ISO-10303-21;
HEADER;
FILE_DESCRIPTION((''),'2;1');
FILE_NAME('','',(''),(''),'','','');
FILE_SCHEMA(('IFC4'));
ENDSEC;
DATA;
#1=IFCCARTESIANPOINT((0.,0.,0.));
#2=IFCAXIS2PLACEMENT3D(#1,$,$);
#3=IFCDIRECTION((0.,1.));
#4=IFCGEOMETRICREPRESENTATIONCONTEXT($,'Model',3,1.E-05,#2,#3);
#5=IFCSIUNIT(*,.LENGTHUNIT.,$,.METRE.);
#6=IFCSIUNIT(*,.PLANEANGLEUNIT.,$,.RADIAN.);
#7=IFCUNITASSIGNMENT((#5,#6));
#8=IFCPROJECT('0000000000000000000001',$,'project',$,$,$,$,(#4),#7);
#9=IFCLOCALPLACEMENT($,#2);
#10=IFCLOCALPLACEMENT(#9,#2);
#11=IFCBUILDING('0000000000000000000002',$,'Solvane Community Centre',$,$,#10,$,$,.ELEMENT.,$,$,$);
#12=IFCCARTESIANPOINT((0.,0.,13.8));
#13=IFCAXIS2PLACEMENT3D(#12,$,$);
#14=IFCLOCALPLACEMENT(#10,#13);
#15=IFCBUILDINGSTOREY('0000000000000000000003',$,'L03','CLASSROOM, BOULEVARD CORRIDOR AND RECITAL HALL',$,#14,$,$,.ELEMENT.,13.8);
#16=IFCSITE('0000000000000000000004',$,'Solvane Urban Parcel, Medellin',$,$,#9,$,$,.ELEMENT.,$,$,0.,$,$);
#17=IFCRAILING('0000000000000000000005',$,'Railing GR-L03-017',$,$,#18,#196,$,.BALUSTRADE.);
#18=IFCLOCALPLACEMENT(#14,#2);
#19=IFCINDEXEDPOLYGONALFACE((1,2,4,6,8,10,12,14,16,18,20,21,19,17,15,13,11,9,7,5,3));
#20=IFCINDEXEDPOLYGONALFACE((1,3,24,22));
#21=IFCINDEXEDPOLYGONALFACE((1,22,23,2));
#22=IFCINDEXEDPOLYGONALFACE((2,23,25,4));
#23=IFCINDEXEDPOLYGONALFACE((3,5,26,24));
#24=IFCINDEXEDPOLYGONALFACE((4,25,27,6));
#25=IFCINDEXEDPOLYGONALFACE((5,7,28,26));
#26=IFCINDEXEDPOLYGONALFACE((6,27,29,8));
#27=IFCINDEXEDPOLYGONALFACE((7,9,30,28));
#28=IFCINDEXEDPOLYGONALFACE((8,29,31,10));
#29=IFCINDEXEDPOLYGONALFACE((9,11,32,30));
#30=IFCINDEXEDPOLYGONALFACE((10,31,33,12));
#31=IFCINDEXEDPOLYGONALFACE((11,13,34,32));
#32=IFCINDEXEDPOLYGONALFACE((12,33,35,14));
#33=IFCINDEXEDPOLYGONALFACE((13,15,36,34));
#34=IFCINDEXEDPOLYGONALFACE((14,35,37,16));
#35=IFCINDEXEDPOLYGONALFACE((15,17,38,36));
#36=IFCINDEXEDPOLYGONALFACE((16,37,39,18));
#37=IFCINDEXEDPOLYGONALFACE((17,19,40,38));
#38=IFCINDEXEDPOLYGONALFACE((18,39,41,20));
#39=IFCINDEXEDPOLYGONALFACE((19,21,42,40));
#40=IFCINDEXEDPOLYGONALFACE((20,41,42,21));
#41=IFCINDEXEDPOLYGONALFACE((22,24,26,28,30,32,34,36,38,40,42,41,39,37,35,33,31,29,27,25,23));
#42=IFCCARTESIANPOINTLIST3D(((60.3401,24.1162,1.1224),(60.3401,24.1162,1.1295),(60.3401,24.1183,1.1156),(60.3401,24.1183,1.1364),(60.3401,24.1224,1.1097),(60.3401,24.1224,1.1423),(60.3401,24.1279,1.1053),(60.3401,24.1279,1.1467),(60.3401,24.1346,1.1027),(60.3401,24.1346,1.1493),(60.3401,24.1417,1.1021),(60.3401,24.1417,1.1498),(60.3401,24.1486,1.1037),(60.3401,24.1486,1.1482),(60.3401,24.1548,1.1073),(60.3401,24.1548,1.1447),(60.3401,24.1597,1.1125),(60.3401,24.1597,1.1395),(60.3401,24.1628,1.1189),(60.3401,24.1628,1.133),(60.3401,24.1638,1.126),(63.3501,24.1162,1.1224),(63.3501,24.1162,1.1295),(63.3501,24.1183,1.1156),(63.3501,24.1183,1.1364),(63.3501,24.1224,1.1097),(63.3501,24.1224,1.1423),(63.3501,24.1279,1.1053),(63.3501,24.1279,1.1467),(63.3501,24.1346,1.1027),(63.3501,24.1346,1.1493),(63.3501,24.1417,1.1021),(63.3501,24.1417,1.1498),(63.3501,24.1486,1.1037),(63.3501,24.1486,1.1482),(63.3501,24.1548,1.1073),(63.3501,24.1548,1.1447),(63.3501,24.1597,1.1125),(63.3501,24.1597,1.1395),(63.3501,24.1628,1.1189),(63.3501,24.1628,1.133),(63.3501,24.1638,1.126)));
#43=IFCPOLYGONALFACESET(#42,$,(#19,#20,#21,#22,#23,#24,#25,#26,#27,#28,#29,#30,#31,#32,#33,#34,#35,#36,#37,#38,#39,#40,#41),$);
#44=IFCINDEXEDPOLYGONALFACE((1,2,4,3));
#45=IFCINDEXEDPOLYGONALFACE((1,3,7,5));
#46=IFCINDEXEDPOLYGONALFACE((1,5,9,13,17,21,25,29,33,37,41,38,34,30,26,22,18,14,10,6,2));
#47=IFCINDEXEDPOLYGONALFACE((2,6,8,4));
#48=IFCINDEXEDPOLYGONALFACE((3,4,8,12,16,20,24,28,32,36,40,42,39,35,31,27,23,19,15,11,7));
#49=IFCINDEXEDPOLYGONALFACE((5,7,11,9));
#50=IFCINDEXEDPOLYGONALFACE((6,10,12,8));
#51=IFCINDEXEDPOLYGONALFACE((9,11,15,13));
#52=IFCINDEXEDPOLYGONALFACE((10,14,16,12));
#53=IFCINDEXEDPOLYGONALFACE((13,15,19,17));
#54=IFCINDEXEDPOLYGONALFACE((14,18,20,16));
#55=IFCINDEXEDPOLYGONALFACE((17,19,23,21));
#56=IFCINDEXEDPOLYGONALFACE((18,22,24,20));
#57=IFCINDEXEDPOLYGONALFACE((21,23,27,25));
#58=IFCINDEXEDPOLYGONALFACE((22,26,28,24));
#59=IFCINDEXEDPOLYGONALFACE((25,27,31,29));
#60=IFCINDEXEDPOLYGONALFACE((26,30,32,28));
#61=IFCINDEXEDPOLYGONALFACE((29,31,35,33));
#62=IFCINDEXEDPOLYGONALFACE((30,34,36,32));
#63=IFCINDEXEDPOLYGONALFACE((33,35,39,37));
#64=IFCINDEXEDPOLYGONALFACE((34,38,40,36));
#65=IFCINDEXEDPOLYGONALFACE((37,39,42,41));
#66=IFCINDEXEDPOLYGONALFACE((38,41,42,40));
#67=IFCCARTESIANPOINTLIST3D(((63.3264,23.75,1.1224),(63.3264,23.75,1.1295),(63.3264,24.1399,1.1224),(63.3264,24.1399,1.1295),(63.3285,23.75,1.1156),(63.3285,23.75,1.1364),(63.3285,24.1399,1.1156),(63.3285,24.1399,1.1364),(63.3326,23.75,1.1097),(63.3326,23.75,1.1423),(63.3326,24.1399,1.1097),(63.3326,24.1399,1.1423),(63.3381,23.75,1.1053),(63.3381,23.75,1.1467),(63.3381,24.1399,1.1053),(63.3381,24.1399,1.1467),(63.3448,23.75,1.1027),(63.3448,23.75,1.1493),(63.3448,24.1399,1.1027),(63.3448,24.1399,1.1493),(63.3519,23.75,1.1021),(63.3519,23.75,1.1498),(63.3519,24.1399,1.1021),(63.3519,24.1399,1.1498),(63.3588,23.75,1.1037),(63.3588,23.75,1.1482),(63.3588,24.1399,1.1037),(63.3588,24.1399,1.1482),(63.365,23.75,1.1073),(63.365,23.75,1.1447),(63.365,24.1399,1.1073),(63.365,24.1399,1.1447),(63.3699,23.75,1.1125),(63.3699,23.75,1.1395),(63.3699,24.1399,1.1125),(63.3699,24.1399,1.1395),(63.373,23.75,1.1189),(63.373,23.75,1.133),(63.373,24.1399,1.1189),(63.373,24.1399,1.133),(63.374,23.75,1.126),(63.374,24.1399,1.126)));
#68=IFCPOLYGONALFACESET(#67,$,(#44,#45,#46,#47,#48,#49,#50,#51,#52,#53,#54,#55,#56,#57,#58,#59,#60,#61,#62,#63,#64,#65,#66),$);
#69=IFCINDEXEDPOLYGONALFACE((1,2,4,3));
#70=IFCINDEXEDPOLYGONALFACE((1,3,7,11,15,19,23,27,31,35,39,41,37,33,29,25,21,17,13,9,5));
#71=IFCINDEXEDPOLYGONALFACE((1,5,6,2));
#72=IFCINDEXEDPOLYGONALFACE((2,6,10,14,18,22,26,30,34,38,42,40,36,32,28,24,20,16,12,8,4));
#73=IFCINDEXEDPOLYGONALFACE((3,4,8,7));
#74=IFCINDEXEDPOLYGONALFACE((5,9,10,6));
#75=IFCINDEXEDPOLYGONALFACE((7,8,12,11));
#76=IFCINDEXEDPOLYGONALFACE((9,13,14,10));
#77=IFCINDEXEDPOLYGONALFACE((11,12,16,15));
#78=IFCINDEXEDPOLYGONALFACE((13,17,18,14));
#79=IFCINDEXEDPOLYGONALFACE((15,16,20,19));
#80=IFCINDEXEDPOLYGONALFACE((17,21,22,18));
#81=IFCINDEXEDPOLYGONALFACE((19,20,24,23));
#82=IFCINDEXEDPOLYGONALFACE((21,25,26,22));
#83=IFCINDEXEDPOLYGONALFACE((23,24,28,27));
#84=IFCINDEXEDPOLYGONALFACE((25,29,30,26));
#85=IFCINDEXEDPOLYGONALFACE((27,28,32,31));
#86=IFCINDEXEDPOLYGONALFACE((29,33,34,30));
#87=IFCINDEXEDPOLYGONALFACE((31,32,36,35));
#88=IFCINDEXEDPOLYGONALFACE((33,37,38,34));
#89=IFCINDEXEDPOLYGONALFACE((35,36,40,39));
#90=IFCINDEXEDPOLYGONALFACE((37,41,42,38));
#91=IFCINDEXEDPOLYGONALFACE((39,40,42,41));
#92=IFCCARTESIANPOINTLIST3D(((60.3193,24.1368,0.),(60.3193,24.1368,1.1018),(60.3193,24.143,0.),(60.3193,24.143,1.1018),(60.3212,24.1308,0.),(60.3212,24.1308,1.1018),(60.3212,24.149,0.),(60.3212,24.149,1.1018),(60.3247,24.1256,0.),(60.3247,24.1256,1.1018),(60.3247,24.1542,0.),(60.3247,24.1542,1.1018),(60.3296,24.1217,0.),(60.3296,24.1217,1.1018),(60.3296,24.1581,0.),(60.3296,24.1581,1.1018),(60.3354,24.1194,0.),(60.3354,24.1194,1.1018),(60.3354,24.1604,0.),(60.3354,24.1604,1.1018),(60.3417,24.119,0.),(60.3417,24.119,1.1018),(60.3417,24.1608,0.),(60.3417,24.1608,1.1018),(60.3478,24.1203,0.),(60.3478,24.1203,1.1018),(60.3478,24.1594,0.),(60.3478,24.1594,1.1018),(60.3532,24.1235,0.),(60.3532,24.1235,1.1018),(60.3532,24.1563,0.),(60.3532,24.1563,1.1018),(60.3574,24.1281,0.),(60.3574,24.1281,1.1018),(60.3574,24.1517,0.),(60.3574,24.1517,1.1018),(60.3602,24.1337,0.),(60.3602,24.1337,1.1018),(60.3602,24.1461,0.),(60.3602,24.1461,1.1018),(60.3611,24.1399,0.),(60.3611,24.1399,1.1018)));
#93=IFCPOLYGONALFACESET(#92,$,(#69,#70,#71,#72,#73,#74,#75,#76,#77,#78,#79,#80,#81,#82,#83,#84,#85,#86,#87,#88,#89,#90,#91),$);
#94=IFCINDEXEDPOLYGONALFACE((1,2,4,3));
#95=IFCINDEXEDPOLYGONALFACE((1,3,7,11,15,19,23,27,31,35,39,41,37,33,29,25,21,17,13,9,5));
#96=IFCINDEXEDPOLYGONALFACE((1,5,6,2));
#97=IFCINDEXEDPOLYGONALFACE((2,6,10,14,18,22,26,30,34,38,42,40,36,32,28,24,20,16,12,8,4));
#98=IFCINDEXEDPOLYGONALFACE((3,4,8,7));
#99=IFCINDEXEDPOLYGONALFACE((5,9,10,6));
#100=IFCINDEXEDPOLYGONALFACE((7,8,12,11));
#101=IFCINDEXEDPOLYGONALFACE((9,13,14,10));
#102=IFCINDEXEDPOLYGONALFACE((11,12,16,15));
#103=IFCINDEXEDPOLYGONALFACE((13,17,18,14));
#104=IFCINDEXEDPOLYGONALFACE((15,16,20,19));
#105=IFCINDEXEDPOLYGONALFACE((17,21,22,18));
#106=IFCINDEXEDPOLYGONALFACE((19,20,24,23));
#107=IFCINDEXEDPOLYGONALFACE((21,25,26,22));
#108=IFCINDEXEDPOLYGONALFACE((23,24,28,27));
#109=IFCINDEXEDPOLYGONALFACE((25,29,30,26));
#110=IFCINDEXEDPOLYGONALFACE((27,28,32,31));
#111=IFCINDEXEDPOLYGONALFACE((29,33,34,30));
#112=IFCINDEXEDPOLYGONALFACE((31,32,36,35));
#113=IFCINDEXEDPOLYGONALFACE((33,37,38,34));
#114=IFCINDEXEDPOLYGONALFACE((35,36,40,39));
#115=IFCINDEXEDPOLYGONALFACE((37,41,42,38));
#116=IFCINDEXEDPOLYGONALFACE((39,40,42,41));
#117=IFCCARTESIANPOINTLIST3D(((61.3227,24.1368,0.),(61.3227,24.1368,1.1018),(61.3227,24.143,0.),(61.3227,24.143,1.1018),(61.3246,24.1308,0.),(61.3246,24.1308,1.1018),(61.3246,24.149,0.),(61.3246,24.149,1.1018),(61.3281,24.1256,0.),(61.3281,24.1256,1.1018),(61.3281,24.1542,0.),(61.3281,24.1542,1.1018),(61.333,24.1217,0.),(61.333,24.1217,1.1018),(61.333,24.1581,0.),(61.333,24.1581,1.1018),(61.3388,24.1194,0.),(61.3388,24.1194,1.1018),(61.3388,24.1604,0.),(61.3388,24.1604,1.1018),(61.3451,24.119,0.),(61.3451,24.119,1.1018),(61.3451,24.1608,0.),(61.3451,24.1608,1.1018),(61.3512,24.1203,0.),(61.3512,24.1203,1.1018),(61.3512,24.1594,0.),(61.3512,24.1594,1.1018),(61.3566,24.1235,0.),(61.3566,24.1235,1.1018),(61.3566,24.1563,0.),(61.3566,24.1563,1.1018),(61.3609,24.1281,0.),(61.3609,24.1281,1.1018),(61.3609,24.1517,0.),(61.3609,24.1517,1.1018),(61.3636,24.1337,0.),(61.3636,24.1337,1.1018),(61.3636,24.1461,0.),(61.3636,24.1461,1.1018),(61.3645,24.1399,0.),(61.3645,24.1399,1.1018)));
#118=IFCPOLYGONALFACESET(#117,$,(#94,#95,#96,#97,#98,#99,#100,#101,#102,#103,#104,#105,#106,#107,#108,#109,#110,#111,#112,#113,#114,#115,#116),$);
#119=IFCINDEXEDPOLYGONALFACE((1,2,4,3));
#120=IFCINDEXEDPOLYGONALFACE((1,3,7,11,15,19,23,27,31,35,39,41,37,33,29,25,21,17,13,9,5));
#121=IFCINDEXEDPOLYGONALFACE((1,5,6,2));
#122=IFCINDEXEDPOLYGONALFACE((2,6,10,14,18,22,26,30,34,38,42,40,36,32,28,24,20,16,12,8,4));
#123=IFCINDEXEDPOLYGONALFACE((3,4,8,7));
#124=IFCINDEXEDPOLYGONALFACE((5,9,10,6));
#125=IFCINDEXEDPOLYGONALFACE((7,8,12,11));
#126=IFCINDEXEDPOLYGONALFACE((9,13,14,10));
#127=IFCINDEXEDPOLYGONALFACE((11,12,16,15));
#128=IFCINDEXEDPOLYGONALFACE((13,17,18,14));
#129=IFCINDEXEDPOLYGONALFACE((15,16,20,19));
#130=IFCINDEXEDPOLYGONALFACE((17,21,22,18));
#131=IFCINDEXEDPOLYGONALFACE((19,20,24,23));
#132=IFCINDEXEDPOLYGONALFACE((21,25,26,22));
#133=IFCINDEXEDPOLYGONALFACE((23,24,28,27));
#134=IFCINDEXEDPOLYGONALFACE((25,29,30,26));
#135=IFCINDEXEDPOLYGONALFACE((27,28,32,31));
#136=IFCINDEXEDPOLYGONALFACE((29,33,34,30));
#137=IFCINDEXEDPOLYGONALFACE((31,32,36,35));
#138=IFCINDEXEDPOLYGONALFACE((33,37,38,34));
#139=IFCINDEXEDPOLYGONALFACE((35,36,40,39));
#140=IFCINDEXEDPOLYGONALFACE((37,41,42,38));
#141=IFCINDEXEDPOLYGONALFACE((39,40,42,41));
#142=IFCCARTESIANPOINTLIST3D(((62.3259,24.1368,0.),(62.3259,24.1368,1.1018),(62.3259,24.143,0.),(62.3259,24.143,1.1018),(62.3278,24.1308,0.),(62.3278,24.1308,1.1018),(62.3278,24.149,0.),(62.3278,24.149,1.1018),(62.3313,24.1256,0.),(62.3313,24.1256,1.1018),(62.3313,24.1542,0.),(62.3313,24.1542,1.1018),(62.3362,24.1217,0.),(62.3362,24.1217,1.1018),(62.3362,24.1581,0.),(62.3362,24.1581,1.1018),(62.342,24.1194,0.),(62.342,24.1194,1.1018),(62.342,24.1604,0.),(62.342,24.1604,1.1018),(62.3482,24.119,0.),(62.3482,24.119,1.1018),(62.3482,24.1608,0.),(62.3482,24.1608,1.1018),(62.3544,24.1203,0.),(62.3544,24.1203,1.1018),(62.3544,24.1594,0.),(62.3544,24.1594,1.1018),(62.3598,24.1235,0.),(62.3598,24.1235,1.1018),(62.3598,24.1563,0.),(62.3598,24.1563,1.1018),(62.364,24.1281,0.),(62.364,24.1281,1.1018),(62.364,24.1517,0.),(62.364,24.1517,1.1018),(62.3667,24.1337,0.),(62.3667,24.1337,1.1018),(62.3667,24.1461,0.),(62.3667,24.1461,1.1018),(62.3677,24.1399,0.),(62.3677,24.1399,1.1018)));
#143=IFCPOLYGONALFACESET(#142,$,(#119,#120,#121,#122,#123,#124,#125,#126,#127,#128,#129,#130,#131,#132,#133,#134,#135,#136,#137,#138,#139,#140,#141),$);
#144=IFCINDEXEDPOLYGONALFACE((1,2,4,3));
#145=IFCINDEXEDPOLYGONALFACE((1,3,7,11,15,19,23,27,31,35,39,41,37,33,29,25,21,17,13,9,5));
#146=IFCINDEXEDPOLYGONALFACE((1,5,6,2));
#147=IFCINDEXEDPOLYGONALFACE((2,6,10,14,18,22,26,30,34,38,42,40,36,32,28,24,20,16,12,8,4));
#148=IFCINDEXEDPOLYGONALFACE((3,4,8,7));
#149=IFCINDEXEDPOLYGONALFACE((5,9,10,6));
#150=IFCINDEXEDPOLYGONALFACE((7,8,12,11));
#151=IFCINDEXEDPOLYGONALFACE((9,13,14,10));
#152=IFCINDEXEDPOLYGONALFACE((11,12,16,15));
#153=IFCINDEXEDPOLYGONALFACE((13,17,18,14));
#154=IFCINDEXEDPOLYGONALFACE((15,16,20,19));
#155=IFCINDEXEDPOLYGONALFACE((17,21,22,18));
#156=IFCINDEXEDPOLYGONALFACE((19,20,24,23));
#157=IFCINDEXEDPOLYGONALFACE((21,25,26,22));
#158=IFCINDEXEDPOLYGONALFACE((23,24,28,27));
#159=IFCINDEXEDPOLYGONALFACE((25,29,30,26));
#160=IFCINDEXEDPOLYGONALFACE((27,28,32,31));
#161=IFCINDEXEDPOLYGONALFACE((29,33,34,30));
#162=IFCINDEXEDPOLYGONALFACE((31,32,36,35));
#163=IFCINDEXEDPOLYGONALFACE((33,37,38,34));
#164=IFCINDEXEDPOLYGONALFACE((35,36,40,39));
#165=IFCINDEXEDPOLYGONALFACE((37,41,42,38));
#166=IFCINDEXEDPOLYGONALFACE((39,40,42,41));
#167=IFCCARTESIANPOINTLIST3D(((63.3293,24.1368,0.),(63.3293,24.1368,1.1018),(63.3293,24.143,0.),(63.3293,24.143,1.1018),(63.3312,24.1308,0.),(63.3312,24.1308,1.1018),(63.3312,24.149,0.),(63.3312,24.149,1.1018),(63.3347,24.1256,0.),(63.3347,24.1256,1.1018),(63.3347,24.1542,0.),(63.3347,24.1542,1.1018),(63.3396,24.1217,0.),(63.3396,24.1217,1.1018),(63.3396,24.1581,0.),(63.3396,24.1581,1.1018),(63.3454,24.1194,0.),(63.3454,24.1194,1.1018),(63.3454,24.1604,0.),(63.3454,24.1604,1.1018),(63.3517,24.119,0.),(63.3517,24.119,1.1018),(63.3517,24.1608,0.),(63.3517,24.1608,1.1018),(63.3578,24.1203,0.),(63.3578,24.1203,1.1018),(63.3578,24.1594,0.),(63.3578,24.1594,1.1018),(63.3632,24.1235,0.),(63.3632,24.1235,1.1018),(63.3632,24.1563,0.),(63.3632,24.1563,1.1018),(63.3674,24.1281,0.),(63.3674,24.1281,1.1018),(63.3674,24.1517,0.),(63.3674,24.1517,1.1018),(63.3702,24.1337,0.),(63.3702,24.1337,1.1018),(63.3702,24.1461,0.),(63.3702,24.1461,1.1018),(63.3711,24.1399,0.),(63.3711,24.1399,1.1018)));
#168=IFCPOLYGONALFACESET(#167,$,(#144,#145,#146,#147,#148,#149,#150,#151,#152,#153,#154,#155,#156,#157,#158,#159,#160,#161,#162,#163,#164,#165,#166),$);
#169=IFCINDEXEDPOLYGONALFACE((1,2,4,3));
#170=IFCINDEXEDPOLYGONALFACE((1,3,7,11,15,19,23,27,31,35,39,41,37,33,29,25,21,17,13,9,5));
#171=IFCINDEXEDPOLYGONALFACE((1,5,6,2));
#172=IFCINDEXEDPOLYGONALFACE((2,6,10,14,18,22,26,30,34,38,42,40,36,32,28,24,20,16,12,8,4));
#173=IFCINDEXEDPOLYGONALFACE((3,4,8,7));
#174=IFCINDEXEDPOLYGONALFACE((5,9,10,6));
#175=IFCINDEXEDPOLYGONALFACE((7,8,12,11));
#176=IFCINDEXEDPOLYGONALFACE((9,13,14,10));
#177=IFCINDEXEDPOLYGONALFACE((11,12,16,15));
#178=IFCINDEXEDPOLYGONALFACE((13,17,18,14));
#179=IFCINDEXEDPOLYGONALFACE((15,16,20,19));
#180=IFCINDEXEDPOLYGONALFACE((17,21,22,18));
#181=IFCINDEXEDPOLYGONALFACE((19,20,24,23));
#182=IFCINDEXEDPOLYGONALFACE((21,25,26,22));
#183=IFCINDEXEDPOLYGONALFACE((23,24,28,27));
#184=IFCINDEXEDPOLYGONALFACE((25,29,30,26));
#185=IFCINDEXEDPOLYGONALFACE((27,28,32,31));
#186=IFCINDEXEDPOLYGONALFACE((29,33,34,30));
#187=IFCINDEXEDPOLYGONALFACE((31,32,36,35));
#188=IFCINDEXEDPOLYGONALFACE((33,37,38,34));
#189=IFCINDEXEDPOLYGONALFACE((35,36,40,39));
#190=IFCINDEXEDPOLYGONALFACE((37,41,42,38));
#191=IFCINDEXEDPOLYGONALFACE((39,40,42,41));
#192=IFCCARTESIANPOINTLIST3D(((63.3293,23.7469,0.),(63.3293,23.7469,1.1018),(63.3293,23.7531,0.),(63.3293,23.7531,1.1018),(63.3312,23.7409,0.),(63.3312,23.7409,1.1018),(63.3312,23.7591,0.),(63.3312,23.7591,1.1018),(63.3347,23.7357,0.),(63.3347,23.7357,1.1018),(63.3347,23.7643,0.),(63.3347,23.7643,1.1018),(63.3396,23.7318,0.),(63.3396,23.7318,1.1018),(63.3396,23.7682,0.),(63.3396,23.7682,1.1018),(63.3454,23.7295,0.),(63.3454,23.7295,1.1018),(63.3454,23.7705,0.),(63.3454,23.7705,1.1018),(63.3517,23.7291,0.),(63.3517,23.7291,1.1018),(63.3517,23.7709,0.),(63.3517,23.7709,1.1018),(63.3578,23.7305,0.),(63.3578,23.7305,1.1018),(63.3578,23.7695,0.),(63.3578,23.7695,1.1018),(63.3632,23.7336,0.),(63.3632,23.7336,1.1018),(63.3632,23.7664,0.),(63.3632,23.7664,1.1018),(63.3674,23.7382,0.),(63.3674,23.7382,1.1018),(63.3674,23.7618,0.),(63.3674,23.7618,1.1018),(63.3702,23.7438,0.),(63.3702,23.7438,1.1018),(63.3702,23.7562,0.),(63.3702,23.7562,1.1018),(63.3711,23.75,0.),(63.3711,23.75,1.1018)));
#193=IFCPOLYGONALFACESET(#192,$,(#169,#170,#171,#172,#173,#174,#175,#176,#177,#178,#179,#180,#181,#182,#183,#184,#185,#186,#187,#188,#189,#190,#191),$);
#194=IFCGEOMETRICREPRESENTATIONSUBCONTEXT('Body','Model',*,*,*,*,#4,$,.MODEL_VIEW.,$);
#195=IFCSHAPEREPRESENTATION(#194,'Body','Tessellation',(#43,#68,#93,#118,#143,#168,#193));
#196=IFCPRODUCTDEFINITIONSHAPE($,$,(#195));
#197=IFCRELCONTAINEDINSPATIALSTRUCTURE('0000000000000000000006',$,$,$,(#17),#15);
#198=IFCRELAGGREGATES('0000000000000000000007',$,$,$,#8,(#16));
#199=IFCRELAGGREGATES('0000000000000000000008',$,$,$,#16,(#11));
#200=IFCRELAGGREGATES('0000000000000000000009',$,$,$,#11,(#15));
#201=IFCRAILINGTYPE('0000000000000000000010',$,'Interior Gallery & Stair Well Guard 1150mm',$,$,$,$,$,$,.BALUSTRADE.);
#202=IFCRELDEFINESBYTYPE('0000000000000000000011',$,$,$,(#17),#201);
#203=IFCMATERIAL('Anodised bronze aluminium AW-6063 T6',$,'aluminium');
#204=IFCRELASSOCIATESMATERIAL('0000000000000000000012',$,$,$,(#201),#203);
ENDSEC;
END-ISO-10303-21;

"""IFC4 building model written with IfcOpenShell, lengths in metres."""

from ifc_helpers import new_model, si_unit, direction, frame, origin, origin_2d, place, context, subcontext, project, spatial, circle, extrude, material, type_object, element, save


model = new_model("IFC4")

# Units and contexts
model_context = context("Model", 3, precision=1e-05, world=origin(), true_north=direction((0.0, 1.0)))
body_context = subcontext(model_context, "Body", "Model", "MODEL_VIEW")
ifc_project = project(units=[si_unit("LENGTHUNIT", "METRE"), si_unit("PLANEANGLEUNIT", "RADIAN")], contexts=[model_context])

# Site, building, storey
site_placement = place(None, origin())
site = spatial("IfcSite", under=ifc_project, at=site_placement, Name="Solvane Urban Parcel, Medellin", CompositionType="ELEMENT", RefElevation=0.0)
building_placement = place(site_placement, origin())
building = spatial("IfcBuilding", under=site, at=building_placement, Name="Solvane Community Centre", CompositionType="ELEMENT")
storey_placement = place(building_placement, frame((0.0, 0.0, 13.8)))
storey = spatial("IfcBuildingStorey", under=building, at=storey_placement, Name="L03", Description="CLASSROOM, BOULEVARD CORRIDOR AND RECITAL HALL", CompositionType="ELEMENT", Elevation=13.8)

# Shared definitions
ifc_material_1 = material(Name="Anodised bronze aluminium AW-6063 T6", Category="aluminium")

# Railing
railing_type_1 = type_object("IfcRailingType", Name="Interior Gallery & Stair Well Guard 1150mm", PredefinedType="BALUSTRADE", material=ifc_material_1)
railing_1_placement = place(storey_placement, frame((60.3401, 24.1399, 0.0)))
element("IfcRailing", 1, at=railing_1_placement, inside=storey, type_object=railing_type_1, Name="Railing GR-L03-017", PredefinedType="BALUSTRADE", context=body_context, shape_type="SweptSolid", body=[
    extrude(circle(Radius=0.0239, at=origin_2d()), frame((0.0, 0.0, 1.126), z_axis=(1.0, 0.0, 0.0), x_axis=(0.0, 1.0, 0.0)), (0.0, 0.0, 1.0), 3.01),
    extrude(circle(Radius=0.0239, at=origin_2d()), frame((3.01, 0.0, 1.126), z_axis=(0.0, -1.0, 0.0), x_axis=(1.0, 0.0, 0.0)), (0.0, 0.0, 1.0), 0.3899),
    extrude(circle(Radius=0.021, at=origin_2d()), origin(), (0.0, 0.0, 1.0), 1.1018),
    extrude(circle(Radius=0.021, at=origin_2d()), frame((1.0034, 0.0, 0.0)), (0.0, 0.0, 1.0), 1.1018),
    extrude(circle(Radius=0.021, at=origin_2d()), frame((2.0066, 0.0, 0.0)), (0.0, 0.0, 1.0), 1.1018),
    extrude(circle(Radius=0.021, at=origin_2d()), frame((3.01, 0.0, 0.0)), (0.0, 0.0, 1.0), 1.1018),
    extrude(circle(Radius=0.021, at=origin_2d()), frame((3.01, -0.3899, 0.0)), (0.0, 0.0, 1.0), 1.1018),
])

save(model, "model.ifc")
